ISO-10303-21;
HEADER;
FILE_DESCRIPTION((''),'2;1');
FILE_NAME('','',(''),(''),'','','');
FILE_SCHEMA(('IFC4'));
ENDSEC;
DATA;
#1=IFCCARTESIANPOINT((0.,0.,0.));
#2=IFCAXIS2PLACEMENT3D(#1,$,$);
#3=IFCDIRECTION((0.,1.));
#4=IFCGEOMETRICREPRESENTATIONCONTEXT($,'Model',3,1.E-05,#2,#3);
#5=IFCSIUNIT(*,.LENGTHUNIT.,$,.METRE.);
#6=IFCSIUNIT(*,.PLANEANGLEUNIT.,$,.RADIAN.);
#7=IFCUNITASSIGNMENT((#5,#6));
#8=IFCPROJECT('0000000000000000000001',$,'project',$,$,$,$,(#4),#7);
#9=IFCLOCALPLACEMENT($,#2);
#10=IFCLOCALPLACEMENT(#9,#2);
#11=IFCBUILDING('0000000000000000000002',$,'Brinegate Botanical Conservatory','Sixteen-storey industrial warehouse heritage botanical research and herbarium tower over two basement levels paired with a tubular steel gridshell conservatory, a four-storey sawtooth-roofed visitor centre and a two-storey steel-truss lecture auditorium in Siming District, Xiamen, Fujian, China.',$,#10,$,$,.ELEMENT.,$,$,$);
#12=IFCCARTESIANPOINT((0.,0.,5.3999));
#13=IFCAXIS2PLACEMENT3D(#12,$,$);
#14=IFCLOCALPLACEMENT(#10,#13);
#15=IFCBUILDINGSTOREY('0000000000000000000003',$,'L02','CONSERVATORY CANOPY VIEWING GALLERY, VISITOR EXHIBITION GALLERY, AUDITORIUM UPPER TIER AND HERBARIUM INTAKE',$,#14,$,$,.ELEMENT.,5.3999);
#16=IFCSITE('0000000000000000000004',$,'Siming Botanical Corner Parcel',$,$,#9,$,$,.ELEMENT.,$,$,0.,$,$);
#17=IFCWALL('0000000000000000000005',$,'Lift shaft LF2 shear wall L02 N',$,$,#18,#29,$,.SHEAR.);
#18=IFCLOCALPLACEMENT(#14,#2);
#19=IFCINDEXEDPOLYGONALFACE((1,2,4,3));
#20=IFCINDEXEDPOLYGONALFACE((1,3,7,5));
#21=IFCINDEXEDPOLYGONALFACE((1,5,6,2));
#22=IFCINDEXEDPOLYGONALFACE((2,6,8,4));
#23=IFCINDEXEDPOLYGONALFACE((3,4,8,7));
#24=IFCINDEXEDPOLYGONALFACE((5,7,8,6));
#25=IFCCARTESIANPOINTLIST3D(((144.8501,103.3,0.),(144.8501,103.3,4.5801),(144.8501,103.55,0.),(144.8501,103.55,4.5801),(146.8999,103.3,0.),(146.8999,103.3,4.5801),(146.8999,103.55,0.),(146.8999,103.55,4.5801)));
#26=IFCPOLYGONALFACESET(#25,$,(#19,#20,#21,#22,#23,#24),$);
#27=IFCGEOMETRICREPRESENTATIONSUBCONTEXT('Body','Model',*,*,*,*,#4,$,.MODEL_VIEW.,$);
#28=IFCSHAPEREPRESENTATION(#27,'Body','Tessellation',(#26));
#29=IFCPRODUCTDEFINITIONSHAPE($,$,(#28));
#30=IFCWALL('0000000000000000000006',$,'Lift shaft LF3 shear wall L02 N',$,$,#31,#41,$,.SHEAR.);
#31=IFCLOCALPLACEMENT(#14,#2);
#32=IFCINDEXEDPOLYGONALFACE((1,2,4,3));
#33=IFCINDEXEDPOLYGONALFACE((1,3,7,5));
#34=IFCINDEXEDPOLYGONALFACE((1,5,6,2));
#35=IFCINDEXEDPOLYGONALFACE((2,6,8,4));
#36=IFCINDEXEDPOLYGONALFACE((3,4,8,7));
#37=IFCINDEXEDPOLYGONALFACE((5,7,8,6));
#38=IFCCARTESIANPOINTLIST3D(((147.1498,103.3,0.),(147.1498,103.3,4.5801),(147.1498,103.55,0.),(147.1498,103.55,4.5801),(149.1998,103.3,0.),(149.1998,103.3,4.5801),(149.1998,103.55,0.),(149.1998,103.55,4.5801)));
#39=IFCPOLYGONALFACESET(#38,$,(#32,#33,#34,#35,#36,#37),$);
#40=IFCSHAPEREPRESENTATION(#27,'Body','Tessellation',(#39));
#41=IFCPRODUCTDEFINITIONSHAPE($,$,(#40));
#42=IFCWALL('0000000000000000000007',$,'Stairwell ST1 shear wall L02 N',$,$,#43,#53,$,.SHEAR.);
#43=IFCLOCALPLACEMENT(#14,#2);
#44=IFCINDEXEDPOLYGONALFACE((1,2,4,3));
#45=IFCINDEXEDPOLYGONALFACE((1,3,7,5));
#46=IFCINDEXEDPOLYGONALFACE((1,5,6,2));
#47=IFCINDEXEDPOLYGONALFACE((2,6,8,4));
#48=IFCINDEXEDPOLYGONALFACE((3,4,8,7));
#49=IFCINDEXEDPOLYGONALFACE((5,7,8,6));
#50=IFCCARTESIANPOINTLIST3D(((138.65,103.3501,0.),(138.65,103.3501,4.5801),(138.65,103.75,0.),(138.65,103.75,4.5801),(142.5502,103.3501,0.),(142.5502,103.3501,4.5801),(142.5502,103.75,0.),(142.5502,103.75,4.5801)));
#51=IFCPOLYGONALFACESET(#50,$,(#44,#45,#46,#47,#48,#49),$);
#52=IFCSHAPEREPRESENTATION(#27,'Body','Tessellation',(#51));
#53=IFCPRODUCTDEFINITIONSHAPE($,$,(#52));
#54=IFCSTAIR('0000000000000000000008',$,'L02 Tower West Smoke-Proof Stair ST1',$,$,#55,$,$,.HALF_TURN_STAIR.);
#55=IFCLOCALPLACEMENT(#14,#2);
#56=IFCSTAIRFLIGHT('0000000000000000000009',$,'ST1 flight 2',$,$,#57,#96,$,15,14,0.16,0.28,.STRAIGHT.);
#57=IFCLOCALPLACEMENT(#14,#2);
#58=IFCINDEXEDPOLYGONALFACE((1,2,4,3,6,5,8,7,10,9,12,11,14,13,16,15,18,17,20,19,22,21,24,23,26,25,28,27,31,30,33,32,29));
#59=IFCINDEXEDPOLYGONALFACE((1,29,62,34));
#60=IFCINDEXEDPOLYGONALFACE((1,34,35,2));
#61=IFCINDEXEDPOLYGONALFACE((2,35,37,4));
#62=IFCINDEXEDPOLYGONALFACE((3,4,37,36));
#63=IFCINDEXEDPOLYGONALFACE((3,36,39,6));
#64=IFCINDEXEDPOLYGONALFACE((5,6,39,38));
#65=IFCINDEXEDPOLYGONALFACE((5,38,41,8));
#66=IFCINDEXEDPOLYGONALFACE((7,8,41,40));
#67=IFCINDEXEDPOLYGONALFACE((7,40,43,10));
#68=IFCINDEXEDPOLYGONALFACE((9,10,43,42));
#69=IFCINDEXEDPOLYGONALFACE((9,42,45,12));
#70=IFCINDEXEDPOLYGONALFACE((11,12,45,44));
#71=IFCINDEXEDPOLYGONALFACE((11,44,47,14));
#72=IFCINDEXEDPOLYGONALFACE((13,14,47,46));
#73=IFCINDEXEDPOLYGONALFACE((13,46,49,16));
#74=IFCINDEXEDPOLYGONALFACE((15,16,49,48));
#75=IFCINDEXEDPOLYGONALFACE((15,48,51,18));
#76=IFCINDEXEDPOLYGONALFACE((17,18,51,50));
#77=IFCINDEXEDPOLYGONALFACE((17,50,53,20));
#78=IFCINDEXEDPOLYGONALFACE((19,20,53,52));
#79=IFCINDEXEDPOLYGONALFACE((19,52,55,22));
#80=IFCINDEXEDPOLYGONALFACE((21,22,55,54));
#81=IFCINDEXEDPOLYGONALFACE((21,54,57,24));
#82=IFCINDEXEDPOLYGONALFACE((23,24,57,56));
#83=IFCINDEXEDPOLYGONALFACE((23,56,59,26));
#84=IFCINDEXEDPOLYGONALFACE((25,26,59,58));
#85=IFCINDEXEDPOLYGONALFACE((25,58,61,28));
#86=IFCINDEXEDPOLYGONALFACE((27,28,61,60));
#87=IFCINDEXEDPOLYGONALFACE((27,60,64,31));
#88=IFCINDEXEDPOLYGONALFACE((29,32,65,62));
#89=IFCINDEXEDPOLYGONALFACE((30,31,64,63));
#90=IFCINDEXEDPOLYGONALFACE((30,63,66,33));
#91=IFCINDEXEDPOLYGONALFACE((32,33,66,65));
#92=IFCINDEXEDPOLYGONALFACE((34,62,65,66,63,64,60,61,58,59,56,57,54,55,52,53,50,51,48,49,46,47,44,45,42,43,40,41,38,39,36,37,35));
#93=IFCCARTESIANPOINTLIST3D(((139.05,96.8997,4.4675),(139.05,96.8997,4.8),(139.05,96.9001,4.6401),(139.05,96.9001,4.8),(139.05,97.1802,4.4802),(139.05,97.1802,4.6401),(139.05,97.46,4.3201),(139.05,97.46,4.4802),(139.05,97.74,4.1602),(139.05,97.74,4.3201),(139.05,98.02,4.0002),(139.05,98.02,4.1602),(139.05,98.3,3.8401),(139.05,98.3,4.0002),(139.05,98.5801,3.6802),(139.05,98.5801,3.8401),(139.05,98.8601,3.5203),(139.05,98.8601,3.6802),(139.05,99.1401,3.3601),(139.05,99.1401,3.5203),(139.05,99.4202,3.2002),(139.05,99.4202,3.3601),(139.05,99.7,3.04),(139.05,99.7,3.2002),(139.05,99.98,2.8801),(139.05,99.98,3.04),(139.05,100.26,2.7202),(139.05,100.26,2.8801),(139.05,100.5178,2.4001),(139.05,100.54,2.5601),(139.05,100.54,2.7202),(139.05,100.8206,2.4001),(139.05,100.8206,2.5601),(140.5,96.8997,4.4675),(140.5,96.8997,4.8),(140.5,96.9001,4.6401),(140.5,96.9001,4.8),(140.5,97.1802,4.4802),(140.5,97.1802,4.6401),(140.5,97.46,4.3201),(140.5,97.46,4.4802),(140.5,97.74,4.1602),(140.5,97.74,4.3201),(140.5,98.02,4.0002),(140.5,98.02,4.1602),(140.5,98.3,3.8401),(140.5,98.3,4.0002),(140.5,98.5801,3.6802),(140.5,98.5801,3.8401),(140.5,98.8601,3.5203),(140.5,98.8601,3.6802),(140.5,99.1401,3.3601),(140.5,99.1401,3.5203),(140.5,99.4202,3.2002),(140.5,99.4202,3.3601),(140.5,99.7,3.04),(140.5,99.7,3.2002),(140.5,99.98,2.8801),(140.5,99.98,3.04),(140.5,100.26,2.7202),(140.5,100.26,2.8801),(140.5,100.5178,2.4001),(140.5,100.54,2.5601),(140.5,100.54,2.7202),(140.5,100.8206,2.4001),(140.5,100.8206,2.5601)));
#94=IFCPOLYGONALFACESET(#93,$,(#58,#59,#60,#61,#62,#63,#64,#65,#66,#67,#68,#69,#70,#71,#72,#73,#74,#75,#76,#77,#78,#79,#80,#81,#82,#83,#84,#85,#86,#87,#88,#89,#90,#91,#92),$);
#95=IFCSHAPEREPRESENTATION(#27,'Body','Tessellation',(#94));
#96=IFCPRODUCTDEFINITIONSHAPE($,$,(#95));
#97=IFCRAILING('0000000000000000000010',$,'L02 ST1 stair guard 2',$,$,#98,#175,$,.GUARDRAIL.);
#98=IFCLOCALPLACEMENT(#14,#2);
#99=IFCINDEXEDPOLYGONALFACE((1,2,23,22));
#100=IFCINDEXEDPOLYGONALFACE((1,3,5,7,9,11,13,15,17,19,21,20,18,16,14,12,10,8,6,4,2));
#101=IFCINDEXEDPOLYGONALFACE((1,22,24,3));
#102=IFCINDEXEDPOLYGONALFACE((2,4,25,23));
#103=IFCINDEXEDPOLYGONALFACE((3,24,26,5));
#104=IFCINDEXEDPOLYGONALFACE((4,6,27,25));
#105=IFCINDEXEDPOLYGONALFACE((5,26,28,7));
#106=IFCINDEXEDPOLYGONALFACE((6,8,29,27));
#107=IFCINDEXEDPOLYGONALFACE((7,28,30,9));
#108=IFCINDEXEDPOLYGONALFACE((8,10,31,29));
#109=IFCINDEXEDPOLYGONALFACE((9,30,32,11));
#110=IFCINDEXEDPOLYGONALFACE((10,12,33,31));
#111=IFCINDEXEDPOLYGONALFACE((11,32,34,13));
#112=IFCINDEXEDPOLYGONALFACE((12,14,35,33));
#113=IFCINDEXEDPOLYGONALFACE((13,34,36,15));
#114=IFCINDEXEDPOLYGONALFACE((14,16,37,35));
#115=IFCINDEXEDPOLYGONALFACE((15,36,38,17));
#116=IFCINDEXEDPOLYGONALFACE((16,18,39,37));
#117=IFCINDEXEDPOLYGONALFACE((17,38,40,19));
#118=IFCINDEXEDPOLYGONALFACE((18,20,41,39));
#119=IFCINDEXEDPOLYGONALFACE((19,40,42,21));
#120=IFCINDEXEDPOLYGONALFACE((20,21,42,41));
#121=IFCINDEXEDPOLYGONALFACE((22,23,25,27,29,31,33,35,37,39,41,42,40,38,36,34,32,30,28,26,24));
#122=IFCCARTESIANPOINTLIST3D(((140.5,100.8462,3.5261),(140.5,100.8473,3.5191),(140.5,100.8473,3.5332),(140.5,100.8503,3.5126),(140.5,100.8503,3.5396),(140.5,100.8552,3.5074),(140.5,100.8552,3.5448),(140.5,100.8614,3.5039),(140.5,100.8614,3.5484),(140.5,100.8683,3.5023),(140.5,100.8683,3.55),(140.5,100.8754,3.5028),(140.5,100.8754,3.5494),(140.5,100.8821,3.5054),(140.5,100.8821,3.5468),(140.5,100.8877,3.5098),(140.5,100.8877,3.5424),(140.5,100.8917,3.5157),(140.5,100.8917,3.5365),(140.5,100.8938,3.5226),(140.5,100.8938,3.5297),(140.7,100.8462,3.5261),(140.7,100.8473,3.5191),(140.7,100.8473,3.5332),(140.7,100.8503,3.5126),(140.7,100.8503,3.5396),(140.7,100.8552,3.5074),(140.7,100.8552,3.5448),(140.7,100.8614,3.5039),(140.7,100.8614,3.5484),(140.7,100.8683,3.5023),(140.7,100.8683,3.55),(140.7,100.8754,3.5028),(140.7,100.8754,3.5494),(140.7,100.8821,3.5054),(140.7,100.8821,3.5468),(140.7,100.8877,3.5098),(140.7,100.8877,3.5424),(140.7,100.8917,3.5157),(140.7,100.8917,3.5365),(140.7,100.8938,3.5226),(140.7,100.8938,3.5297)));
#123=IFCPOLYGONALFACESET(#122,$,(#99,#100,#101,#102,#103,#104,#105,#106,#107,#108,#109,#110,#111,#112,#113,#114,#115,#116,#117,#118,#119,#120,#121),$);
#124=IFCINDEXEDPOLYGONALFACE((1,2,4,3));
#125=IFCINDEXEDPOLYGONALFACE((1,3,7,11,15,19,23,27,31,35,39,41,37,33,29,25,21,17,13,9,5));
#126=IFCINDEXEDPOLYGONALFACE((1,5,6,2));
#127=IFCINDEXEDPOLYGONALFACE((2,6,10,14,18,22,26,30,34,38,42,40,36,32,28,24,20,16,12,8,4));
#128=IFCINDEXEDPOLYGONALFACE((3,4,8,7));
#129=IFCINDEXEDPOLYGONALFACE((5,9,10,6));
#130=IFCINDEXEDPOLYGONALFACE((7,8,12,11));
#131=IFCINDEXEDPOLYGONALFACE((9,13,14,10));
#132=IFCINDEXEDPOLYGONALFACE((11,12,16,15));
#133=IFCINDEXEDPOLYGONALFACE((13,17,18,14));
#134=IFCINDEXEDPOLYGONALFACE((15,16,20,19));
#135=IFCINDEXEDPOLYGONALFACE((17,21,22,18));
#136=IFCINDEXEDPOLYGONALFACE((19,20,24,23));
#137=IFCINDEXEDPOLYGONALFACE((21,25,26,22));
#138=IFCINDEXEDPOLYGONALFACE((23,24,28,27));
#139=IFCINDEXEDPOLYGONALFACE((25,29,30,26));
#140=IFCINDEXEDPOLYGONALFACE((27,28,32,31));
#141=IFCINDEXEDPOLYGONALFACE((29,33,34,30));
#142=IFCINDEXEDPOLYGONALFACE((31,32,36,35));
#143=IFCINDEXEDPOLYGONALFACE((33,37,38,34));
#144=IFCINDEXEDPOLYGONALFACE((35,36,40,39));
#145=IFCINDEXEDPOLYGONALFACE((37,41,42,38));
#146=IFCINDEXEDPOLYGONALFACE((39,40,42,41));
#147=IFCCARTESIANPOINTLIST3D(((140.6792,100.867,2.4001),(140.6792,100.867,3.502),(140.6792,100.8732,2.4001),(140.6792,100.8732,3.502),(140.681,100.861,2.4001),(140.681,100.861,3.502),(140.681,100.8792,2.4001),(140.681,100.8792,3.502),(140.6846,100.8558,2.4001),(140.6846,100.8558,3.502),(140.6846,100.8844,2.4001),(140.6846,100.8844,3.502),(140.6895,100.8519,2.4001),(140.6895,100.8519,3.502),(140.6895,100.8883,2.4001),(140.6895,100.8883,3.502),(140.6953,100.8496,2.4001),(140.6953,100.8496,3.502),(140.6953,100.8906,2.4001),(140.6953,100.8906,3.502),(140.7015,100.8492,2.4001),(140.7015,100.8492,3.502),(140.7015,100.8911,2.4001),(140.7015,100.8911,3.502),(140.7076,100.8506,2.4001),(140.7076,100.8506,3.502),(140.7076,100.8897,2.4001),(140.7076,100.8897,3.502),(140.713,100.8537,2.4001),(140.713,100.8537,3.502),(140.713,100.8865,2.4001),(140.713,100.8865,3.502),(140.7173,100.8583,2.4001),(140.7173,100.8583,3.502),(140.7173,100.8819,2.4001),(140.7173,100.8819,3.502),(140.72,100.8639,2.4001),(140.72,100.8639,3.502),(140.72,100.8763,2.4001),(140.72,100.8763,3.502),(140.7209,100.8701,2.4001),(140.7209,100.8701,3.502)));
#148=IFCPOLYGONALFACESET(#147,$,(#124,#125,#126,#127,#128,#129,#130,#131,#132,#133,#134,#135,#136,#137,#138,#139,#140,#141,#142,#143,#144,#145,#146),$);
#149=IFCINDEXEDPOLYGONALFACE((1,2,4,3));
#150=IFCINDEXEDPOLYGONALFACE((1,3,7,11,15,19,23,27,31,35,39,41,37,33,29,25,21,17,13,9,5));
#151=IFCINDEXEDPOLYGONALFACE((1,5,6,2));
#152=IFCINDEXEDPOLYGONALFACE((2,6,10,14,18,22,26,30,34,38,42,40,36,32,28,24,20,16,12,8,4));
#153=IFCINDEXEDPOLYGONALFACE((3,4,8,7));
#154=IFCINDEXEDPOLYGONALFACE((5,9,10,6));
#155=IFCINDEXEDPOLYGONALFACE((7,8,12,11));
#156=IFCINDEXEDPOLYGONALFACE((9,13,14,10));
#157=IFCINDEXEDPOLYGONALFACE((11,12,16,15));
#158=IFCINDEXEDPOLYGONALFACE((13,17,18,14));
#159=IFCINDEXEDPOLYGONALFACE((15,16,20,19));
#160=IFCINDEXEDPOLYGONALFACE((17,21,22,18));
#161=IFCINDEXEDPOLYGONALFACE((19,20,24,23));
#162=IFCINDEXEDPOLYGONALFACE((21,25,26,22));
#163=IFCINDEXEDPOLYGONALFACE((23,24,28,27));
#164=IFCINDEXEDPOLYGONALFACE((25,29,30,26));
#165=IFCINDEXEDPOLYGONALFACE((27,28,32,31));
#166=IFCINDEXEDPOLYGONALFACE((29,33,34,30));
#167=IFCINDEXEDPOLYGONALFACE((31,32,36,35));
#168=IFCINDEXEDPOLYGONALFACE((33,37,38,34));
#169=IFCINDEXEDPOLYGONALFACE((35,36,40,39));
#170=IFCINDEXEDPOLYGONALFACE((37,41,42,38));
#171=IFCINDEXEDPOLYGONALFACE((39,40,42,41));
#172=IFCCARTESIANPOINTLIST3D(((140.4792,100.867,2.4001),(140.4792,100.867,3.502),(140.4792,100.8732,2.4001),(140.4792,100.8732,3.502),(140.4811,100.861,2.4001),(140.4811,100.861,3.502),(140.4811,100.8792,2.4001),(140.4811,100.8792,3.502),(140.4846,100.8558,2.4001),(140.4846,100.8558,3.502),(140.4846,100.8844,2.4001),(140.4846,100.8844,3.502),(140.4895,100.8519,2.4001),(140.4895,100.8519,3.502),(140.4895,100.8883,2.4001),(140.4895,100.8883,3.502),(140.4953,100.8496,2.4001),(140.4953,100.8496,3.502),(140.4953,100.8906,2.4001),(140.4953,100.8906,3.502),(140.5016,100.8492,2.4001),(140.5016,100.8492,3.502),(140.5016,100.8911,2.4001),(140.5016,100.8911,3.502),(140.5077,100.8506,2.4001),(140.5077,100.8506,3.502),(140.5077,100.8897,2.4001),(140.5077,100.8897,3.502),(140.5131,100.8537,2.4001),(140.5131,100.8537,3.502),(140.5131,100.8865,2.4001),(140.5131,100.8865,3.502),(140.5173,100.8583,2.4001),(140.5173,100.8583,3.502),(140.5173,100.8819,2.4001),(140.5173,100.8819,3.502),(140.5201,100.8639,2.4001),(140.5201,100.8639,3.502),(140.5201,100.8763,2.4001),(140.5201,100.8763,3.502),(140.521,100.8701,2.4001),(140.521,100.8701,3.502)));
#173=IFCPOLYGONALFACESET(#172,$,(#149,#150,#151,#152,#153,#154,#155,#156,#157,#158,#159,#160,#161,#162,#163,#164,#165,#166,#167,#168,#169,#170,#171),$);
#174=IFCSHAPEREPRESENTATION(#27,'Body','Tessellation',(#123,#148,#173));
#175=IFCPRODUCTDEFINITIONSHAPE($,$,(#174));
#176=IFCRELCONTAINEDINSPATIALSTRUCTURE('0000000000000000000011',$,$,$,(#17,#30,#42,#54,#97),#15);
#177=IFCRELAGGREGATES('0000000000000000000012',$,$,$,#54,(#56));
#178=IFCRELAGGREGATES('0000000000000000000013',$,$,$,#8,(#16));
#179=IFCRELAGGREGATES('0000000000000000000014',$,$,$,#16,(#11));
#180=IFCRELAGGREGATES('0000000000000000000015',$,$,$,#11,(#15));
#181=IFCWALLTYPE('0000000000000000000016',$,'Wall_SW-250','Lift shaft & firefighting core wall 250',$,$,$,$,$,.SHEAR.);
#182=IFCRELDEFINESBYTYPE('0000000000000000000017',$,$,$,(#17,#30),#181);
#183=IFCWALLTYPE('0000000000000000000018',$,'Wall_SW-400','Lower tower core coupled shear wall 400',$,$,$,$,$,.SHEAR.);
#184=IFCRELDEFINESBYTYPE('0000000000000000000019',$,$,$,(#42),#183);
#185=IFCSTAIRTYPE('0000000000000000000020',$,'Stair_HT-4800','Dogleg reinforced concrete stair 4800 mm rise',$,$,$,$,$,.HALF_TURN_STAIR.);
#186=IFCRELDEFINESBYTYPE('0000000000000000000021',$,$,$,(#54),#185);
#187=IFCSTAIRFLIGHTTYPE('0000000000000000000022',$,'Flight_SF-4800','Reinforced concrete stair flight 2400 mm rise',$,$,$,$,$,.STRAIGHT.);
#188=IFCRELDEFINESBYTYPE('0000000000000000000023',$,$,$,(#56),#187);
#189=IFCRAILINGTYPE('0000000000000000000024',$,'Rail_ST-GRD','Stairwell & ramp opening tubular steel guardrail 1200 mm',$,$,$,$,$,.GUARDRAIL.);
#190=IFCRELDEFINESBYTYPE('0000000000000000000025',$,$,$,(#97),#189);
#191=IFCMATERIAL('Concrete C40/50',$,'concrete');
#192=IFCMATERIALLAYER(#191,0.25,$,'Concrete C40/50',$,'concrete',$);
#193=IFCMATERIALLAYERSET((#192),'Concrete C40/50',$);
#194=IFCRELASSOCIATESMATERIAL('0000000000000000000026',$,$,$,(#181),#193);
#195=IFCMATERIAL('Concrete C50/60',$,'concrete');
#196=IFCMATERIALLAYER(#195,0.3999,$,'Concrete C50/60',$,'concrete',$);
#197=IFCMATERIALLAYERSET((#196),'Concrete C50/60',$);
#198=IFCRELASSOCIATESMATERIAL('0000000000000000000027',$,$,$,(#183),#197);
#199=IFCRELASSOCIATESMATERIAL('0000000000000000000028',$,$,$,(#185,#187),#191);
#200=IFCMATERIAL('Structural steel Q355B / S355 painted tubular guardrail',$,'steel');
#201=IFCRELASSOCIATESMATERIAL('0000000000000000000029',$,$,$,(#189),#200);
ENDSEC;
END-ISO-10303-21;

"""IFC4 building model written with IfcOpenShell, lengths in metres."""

from ifc_helpers import new_model, si_unit, direction, frame, frame_2d, origin, origin_2d, place, context, subcontext, project, spatial, polyline, rectangle, circle, outline, extrude, material, layer, layer_set, type_object, element, aggregate, save


model = new_model("IFC4")

# Units and contexts
model_context = context("Model", 3, precision=1e-05, world=origin(), true_north=direction((0.0, 1.0)))
body_context = subcontext(model_context, "Body", "Model", "MODEL_VIEW")
ifc_project = project(units=[si_unit("LENGTHUNIT", "METRE"), si_unit("PLANEANGLEUNIT", "RADIAN")], contexts=[model_context])

# Site, building, storey
site_placement = place(None, origin())
site = spatial("IfcSite", under=ifc_project, at=site_placement, Name="Siming Botanical Corner Parcel", CompositionType="ELEMENT", RefElevation=0.0)
building_placement = place(site_placement, origin())
building = spatial("IfcBuilding", under=site, at=building_placement, Name="Brinegate Botanical Conservatory", Description="Sixteen-storey industrial warehouse heritage botanical research and herbarium tower over two basement levels paired with a tubular steel gridshell conservatory, a four-storey sawtooth-roofed visitor centre and a two-storey steel-truss lecture auditorium in Siming District, Xiamen, Fujian, China.", CompositionType="ELEMENT")
storey_placement = place(building_placement, frame((0.0, 0.0, 5.3999)))
storey = spatial("IfcBuildingStorey", under=building, at=storey_placement, Name="L02", Description="CONSERVATORY CANOPY VIEWING GALLERY, VISITOR EXHIBITION GALLERY, AUDITORIUM UPPER TIER AND HERBARIUM INTAKE", CompositionType="ELEMENT", Elevation=5.3999)

# Shared definitions
ifc_material_1 = material(Name="Concrete C50/60", Category="concrete")

# Shared definitions
ifc_material_2 = material(Name="Concrete C40/50", Category="concrete")

# Walls
ifc_layer_1 = layer(ifc_material_2, 0.25, Name="Concrete C40/50", Category="concrete")
ifc_layer_set_1 = layer_set([ifc_layer_1], Name="Concrete C40/50")
wall_type_1 = type_object("IfcWallType", Name="Wall_SW-250", Description="Lift shaft & firefighting core wall 250", PredefinedType="SHEAR", material=ifc_layer_set_1)
wall_1_placement = place(storey_placement, frame((144.8501, 103.425, 0.0), z_axis=(0.0, 0.0, 1.0), x_axis=(1.0, 0.0, 0.0)))
element("IfcWall", 1, at=wall_1_placement, inside=storey, type_object=wall_type_1, Name="Lift shaft LF2 shear wall L02 N", PredefinedType="SHEAR", context=body_context, shape_type="SweptSolid", body=[
    extrude(rectangle(XDim=2.0498, YDim=0.25, at=frame_2d((1.0249, 0.0))), origin(), (0.0, 0.0, 1.0), 4.5801),
])
wall_2_placement = place(storey_placement, frame((147.1499, 103.425, 0.0), z_axis=(0.0, 0.0, 1.0), x_axis=(1.0, 0.0, 0.0)))
element("IfcWall", 2, at=wall_2_placement, inside=storey, type_object=wall_type_1, Name="Lift shaft LF3 shear wall L02 N", PredefinedType="SHEAR", context=body_context, shape_type="SweptSolid", body=[
    extrude(rectangle(XDim=2.05, YDim=0.25, at=frame_2d((1.0249, 0.0))), origin(), (0.0, 0.0, 1.0), 4.5801),
])
ifc_layer_2 = layer(ifc_material_1, 0.3999, Name="Concrete C50/60", Category="concrete")
ifc_layer_set_2 = layer_set([ifc_layer_2], Name="Concrete C50/60")
wall_type_2 = type_object("IfcWallType", Name="Wall_SW-400", Description="Lower tower core coupled shear wall 400", PredefinedType="SHEAR", material=ifc_layer_set_2)
wall_3_placement = place(storey_placement, frame((138.6499, 103.55, 0.0), z_axis=(0.0, 0.0, 1.0), x_axis=(1.0, 0.0, 0.0)))
element("IfcWall", 3, at=wall_3_placement, inside=storey, type_object=wall_type_2, Name="Stairwell ST1 shear wall L02 N", PredefinedType="SHEAR", context=body_context, shape_type="SweptSolid", body=[
    extrude(rectangle(XDim=3.9001, YDim=0.3999, at=frame_2d((1.9502, 0.0))), origin(), (0.0, 0.0, 1.0), 4.5801),
])

# Stair, stair flight
stair_type = type_object("IfcStairType", Name="Stair_HT-4800", Description="Dogleg reinforced concrete stair 4800 mm rise", PredefinedType="HALF_TURN_STAIR", material=ifc_material_2)
stair_placement = place(storey_placement, origin())
stair = element("IfcStair", 4, at=stair_placement, inside=storey, type_object=stair_type, Name="L02 Tower West Smoke-Proof Stair ST1", PredefinedType="HALF_TURN_STAIR")
stair_flight_type = type_object("IfcStairFlightType", Name="Flight_SF-4800", Description="Reinforced concrete stair flight 2400 mm rise", PredefinedType="STRAIGHT", material=ifc_material_2)
stair_flight_placement = place(storey_placement, frame((139.7749, 100.8201, 2.4001), z_axis=(0.0, 0.0, 1.0), x_axis=(0.0, -1.0, 0.0)))
stair_flight = element("IfcStairFlight", 5, at=stair_flight_placement, type_object=stair_flight_type, Name="ST1 flight 2", NumberOfRisers=15, NumberOfTreads=14, PredefinedType="STRAIGHT", RiserHeight=0.16, TreadLength=0.28, context=body_context, shape_type="SweptSolid", body=[
    extrude(outline(polyline([(-0.0005, 0.0), (-0.0005, 0.1599), (0.28, 0.1599), (0.28, 0.3201), (0.5601, 0.3201), (0.5601, 0.48), (0.8401, 0.48), (0.8401, 0.6399), (1.1201, 0.6399), (1.1201, 0.8), (1.3999, 0.8), (1.3999, 0.96), (1.6799, 0.96), (1.6799, 1.1201), (1.96, 1.1201), (1.96, 1.28), (2.24, 1.28), (2.24, 1.4399), (2.52, 1.4399), (2.52, 1.6001), (2.8, 1.6001), (2.8, 1.76), (3.0801, 1.76), (3.0801, 1.9199), (3.3601, 1.9199), (3.3601, 2.0801), (3.6399, 2.0801), (3.6399, 2.24), (3.9199, 2.24), (3.9199, 2.3999), (3.9204, 2.3999), (3.9204, 2.0674), (0.3022, 0.0), (-0.0005, 0.0)])), frame((0.0, 0.7251, 0.0), z_axis=(0.0, -1.0, 0.0), x_axis=(1.0, 0.0, 0.0)), (0.0, 0.0, 1.0), 1.45),
])
aggregate(stair, [stair_flight])

# Railing
ifc_material_3 = material(Name="Structural steel Q355B / S355 painted tubular guardrail", Category="steel")
railing_type_1 = type_object("IfcRailingType", Name="Rail_ST-GRD", Description="Stairwell & ramp opening tubular steel guardrail 1200 mm", PredefinedType="GUARDRAIL", material=ifc_material_3)
railing_1_placement = place(storey_placement, frame((140.7, 100.8701, 2.4001)))
element("IfcRailing", 6, at=railing_1_placement, inside=storey, type_object=railing_type_1, Name="L02 ST1 stair guard 2", PredefinedType="GUARDRAIL", context=body_context, shape_type="SweptSolid", body=[
    extrude(circle(Radius=0.0239, at=origin_2d()), frame((0.0, 0.0, 1.126), z_axis=(-1.0, 0.0, 0.0), x_axis=(0.0, -1.0, 0.0)), (0.0, 0.0, 1.0), 0.2),
    extrude(circle(Radius=0.021, at=origin_2d()), origin(), (0.0, 0.0, 1.0), 1.1018),
    extrude(circle(Radius=0.021, at=origin_2d()), frame((-0.2, 0.0, 0.0)), (0.0, 0.0, 1.0), 1.1018),
])

save(model, "model.ifc")
